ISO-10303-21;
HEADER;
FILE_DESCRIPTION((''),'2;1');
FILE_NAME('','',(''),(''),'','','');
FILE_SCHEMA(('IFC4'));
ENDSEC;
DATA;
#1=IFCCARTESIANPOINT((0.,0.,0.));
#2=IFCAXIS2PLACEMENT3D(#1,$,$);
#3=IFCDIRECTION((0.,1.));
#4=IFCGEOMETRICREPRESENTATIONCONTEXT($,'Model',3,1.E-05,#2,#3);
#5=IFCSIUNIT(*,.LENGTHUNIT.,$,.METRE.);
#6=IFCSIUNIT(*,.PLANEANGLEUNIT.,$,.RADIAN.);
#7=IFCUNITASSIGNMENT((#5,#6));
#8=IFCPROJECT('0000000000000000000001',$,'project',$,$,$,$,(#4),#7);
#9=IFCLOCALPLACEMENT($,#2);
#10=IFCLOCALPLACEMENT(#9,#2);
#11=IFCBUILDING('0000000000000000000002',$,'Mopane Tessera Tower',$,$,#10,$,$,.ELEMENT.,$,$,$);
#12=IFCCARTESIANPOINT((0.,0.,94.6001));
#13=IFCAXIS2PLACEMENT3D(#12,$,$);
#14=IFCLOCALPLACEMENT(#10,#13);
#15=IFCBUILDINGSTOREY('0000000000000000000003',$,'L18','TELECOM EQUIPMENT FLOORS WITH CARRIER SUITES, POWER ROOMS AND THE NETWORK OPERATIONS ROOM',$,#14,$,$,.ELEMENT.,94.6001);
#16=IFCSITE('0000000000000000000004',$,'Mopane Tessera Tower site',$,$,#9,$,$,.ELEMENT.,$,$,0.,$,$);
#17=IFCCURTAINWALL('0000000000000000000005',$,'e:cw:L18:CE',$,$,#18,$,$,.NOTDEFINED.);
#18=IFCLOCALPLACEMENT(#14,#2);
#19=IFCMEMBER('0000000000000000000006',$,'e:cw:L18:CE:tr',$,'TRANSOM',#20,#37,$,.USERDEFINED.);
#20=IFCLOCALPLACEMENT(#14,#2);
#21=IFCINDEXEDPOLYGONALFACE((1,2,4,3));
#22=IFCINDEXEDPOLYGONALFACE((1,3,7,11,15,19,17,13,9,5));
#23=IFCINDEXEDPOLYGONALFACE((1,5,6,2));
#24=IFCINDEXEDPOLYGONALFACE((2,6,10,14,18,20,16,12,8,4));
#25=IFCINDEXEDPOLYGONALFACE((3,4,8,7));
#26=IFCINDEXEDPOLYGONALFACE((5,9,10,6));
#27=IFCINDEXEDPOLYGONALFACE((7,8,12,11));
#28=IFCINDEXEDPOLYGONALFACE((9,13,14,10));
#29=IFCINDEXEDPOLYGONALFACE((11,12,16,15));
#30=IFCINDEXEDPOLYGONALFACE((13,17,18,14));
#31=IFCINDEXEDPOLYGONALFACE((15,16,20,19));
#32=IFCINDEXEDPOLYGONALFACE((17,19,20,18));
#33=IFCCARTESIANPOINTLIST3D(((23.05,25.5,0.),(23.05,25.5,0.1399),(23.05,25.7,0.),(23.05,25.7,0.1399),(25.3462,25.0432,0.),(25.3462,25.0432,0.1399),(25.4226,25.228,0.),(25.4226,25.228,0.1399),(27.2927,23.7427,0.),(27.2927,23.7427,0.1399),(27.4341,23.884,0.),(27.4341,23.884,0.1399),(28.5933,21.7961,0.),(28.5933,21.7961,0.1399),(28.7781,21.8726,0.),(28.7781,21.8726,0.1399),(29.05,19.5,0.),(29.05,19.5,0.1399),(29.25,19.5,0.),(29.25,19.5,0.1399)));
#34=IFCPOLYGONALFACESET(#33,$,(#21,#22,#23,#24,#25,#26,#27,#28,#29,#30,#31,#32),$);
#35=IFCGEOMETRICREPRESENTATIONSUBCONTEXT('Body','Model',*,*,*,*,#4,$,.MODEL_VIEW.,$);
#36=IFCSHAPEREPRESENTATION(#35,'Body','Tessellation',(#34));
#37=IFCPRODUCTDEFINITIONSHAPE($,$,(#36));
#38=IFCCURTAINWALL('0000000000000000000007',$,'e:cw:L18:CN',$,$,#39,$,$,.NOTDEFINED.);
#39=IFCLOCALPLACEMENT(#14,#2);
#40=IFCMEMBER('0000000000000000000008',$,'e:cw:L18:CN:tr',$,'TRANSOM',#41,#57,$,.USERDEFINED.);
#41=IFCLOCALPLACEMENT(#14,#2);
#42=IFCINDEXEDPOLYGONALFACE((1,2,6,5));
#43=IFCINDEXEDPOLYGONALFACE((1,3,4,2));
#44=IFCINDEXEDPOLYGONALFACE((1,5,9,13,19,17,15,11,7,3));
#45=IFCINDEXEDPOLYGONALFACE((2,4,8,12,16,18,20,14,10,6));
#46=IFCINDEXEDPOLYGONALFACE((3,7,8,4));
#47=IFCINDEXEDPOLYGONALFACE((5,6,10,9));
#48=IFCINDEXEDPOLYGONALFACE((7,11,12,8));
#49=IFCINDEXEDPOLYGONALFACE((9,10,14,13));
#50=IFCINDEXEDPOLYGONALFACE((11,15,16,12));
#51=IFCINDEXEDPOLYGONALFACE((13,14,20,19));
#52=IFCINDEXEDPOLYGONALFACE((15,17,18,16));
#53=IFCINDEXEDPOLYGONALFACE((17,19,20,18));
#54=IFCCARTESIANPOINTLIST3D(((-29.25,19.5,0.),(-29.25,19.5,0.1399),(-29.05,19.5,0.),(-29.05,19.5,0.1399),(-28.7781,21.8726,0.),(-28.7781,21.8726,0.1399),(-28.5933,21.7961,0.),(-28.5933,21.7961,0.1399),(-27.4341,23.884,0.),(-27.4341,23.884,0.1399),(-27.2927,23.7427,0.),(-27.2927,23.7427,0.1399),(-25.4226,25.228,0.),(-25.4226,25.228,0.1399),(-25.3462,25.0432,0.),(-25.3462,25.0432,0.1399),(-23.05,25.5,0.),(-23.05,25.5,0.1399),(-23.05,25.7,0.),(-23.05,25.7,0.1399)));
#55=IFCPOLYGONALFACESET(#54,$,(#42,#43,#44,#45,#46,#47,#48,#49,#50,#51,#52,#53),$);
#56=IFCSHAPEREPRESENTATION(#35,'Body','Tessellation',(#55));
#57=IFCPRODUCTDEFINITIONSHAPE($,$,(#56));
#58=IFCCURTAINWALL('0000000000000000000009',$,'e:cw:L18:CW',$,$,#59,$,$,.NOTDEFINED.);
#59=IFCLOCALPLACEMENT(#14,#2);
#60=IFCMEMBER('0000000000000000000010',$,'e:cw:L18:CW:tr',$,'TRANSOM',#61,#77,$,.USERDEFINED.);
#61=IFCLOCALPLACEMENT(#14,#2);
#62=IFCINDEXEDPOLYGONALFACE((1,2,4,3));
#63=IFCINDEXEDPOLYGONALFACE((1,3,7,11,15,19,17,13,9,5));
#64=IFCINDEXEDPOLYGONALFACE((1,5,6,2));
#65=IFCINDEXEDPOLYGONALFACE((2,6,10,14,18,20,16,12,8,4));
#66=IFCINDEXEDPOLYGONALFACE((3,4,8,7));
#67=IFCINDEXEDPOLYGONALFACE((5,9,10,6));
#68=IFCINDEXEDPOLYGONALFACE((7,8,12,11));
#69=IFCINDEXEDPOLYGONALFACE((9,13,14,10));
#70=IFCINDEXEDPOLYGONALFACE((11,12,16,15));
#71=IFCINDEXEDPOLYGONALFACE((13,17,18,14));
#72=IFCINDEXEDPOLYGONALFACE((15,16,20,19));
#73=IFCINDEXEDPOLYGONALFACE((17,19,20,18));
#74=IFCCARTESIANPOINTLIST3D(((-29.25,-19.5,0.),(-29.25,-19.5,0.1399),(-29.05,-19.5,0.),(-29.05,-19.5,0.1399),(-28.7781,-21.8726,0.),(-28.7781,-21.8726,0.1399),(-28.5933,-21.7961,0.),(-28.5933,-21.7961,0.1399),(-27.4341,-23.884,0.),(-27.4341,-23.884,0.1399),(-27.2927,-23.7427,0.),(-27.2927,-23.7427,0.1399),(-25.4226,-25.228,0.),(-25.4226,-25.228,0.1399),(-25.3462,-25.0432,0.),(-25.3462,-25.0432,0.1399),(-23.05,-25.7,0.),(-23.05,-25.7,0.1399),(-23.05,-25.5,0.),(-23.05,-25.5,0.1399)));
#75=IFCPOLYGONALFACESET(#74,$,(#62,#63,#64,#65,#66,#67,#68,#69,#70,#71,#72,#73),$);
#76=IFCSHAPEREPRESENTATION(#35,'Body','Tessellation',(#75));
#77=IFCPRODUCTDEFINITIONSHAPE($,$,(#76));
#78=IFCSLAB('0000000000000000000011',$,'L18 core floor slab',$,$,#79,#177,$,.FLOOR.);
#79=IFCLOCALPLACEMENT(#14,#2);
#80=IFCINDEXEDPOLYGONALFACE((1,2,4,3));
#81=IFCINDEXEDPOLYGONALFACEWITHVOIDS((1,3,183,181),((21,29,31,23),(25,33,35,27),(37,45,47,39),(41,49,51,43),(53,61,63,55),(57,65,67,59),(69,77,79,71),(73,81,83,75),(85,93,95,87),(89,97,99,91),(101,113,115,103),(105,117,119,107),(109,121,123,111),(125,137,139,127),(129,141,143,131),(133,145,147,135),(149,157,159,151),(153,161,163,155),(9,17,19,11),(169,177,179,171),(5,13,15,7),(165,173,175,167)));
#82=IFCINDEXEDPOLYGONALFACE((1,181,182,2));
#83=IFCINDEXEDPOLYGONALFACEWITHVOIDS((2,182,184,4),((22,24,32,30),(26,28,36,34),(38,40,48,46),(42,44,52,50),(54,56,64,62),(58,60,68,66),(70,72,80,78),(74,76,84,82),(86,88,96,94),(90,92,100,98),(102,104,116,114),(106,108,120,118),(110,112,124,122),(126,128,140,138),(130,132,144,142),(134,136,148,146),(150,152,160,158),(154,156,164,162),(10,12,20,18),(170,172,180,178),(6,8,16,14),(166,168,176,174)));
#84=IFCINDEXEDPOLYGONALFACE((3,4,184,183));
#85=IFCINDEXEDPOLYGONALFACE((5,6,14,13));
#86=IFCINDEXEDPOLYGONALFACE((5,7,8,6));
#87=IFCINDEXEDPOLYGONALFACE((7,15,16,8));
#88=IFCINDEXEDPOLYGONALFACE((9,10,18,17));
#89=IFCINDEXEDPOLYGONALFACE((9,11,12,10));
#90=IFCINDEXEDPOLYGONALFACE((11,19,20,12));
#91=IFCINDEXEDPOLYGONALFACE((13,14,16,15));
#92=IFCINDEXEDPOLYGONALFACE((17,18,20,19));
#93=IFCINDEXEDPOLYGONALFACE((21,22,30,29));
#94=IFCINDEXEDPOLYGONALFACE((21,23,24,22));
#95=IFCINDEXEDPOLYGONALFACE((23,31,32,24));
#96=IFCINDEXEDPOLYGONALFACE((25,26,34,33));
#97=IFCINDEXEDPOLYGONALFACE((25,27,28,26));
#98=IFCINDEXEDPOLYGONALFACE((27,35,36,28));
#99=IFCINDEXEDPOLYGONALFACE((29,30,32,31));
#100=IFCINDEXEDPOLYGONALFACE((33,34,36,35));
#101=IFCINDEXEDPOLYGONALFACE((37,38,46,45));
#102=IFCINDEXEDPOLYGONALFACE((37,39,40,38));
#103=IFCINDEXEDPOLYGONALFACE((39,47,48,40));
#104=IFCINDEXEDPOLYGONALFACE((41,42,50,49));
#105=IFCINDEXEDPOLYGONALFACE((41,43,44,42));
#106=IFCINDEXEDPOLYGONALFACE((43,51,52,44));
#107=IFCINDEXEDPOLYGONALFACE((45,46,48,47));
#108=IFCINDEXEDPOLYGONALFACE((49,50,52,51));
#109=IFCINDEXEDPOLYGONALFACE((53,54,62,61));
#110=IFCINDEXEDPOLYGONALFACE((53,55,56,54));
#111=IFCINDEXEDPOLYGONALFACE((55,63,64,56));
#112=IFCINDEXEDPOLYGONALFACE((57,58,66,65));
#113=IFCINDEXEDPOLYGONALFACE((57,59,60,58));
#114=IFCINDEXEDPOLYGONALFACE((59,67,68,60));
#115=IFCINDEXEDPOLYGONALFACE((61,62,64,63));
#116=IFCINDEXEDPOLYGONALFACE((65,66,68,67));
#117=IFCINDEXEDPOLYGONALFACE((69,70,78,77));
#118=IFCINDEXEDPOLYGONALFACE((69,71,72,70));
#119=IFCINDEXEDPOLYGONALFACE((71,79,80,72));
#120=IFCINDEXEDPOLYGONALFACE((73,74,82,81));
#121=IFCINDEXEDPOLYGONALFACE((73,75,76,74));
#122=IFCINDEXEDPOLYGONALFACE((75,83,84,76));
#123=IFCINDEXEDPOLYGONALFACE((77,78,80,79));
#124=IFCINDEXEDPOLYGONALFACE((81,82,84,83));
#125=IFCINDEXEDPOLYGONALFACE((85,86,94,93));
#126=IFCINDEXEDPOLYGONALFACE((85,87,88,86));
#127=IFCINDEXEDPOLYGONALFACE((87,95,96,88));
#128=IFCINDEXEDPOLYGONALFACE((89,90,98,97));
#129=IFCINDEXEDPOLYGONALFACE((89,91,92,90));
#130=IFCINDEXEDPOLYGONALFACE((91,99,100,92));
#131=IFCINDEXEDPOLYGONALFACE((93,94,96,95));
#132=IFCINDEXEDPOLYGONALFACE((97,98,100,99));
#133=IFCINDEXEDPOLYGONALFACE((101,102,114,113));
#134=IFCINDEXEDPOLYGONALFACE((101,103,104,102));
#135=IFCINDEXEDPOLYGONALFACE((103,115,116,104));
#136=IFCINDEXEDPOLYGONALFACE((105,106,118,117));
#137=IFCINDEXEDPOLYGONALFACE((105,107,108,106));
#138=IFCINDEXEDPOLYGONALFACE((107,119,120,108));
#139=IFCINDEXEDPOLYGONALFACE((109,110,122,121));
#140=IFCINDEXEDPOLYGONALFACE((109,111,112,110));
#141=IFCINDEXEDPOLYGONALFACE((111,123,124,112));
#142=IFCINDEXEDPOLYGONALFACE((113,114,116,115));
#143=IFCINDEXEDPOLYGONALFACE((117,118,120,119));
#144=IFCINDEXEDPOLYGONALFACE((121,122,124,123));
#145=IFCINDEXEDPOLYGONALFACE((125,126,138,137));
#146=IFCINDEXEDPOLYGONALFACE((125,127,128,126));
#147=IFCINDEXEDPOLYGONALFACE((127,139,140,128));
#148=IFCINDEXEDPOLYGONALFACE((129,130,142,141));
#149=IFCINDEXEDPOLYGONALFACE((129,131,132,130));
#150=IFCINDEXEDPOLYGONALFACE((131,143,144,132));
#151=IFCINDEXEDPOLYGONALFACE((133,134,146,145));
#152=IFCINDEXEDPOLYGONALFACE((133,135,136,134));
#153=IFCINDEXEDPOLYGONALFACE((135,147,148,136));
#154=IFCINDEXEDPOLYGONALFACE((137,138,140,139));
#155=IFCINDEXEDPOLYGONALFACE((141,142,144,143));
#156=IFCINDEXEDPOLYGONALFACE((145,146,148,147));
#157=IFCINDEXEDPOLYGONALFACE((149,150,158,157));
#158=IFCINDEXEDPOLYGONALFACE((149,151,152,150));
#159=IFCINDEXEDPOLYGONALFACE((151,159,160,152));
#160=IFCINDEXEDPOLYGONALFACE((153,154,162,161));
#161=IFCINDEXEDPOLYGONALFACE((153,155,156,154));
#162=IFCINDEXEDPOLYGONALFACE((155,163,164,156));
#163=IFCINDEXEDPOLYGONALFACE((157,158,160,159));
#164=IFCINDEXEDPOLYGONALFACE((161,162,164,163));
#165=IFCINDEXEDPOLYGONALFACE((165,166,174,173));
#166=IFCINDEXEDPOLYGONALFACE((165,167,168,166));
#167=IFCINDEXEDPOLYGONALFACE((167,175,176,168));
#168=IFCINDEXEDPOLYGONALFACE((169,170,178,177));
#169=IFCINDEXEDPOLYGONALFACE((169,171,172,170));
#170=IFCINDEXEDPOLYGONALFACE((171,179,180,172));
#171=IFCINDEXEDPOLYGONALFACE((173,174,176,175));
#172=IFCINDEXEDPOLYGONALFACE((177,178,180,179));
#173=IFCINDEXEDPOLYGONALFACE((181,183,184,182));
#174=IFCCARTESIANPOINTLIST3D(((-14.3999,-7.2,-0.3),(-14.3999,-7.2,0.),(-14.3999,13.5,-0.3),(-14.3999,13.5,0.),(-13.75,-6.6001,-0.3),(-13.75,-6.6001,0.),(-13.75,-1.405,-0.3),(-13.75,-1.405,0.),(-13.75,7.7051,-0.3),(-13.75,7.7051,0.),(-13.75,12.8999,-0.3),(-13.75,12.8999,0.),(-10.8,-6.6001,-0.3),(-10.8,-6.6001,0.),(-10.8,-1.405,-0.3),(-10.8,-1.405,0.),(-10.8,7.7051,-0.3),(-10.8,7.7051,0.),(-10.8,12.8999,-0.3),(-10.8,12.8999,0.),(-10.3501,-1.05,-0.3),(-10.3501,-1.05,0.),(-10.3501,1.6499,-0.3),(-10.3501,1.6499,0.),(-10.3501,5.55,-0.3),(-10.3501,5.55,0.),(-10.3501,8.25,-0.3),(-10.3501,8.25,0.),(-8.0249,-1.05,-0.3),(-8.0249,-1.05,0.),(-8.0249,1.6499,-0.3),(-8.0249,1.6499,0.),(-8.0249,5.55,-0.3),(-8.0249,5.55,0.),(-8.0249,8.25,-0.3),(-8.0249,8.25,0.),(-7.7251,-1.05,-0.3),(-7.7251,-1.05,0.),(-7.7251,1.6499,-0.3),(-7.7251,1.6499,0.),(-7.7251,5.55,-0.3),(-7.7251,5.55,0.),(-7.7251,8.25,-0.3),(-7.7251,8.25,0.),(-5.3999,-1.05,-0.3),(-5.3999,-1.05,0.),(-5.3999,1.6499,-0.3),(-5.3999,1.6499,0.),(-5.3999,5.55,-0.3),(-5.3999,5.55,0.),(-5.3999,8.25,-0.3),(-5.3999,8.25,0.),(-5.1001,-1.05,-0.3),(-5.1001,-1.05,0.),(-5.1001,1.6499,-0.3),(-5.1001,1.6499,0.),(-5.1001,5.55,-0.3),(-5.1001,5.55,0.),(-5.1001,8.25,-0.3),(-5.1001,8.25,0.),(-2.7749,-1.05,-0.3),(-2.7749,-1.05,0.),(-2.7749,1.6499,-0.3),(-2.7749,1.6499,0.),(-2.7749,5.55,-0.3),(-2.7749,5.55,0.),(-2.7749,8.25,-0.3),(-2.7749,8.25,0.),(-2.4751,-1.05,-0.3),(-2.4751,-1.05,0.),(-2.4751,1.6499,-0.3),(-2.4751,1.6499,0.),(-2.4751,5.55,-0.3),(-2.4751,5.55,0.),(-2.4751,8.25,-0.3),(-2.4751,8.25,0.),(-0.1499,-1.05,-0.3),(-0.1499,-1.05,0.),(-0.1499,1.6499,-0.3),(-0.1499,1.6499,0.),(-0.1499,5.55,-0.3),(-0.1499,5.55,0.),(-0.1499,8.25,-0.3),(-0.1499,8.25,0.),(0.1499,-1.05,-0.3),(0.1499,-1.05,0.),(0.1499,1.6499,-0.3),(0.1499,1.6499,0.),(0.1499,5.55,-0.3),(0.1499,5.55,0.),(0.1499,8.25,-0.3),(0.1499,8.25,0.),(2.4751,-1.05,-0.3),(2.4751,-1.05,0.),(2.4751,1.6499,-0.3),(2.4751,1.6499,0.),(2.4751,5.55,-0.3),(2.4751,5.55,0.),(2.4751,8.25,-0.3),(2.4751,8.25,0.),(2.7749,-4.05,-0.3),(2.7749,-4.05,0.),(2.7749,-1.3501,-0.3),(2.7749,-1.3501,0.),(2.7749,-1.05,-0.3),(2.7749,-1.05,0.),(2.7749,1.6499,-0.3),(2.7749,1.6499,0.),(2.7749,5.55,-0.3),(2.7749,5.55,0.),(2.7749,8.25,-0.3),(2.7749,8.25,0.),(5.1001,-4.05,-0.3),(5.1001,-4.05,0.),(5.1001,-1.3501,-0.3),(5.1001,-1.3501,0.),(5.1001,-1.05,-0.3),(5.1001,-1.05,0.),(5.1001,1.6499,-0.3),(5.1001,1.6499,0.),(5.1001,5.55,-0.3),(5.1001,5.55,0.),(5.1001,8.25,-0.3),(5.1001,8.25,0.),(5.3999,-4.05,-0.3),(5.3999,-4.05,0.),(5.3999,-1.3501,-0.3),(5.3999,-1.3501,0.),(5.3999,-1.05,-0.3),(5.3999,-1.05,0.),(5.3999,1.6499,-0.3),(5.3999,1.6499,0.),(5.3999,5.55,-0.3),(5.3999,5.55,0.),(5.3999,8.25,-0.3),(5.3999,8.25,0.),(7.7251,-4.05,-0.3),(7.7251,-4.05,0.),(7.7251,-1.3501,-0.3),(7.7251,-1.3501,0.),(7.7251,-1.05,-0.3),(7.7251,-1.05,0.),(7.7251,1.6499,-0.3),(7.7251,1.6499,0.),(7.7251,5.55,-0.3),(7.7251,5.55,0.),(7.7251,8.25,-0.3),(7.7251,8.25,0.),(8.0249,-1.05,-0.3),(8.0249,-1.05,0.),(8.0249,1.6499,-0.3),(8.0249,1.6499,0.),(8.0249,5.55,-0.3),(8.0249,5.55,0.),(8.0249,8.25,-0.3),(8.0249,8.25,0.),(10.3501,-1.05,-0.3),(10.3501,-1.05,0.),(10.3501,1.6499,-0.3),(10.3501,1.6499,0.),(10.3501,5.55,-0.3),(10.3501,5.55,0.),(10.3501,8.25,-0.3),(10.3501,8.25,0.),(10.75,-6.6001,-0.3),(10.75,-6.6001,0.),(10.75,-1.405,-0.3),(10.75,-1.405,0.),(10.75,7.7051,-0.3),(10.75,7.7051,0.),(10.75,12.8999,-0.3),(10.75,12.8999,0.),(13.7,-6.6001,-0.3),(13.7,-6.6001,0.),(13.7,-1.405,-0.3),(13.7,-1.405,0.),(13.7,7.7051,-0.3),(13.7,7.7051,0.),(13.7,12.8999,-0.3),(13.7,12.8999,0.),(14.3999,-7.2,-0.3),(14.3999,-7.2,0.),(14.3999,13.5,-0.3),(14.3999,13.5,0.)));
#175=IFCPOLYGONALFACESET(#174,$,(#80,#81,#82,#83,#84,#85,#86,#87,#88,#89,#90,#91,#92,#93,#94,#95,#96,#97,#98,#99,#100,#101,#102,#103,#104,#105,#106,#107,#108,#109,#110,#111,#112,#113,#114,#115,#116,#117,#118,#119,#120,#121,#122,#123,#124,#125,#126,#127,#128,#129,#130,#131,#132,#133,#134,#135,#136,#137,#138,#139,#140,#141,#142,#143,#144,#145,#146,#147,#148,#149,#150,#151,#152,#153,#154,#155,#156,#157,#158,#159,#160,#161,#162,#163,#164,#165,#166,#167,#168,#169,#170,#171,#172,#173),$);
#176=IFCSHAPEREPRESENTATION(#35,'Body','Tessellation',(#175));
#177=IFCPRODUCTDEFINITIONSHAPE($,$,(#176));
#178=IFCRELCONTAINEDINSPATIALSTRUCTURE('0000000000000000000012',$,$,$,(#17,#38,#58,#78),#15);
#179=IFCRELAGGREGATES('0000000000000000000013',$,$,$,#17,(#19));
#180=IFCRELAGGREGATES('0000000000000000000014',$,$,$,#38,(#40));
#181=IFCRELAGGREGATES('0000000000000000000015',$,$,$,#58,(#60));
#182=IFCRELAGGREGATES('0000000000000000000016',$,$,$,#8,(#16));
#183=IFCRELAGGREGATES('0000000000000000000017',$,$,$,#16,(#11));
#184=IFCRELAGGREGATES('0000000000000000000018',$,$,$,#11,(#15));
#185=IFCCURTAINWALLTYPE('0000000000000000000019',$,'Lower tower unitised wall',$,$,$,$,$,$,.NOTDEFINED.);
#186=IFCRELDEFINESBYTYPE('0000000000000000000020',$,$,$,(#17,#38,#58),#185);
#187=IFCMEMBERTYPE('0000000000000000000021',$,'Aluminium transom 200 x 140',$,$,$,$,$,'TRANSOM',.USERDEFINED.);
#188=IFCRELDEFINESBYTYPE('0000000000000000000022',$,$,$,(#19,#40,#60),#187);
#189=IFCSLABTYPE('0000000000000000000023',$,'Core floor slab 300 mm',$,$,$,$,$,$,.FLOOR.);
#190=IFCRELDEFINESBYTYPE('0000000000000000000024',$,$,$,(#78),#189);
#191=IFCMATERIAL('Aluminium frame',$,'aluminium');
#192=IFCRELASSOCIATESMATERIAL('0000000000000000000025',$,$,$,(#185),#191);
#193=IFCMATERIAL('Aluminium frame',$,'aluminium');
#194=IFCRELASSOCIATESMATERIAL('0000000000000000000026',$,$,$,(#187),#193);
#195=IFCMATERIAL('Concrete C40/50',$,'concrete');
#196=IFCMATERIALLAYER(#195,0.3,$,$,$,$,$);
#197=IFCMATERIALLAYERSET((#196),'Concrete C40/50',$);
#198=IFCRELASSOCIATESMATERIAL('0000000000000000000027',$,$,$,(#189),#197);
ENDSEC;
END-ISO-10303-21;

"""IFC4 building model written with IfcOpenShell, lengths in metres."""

from ifc_helpers import new_model, si_unit, direction, frame, origin, origin_2d, place, context, subcontext, project, spatial, polyline, rectangle, outline, extrude, material, layer, layer_set, material_profile, profile_set, type_object, element, aggregate, save


model = new_model("IFC4")

# Units and contexts
model_context = context("Model", 3, precision=1e-05, world=origin(), true_north=direction((0.0, 1.0)))
body_context = subcontext(model_context, "Body", "Model", "MODEL_VIEW")
ifc_project = project(units=[si_unit("LENGTHUNIT", "METRE"), si_unit("PLANEANGLEUNIT", "RADIAN")], contexts=[model_context])

# Site, building, storey
site_placement = place(None, origin())
site = spatial("IfcSite", under=ifc_project, at=site_placement, Name="Mopane Tessera Tower site", CompositionType="ELEMENT", RefElevation=0.0)
building_placement = place(site_placement, origin())
building = spatial("IfcBuilding", under=site, at=building_placement, Name="Mopane Tessera Tower", CompositionType="ELEMENT")
storey_placement = place(building_placement, frame((0.0, 0.0, 94.6001)))
storey = spatial("IfcBuildingStorey", under=building, at=storey_placement, Name="L18", Description="TELECOM EQUIPMENT FLOORS WITH CARRIER SUITES, POWER ROOMS AND THE NETWORK OPERATIONS ROOM", CompositionType="ELEMENT", Elevation=94.6001)

# Curtain walls, members
ifc_material_1 = material(Name="Aluminium frame", Category="aluminium")
curtain_wall_type = type_object("IfcCurtainWallType", Name="Lower tower unitised wall", PredefinedType="NOTDEFINED", material=ifc_material_1)
curtain_wall_1_placement = place(storey_placement, origin())
curtain_wall_1 = element("IfcCurtainWall", 1, at=curtain_wall_1_placement, inside=storey, type_object=curtain_wall_type, Name="e:cw:L18:CE", PredefinedType="NOTDEFINED")
ifc_material_2 = material(Name="Aluminium frame", Category="aluminium")
ifc_material_profile = material_profile(ifc_material_2, rectangle(XDim=0.2, YDim=0.1399, at=origin_2d()))
ifc_profile_set = profile_set([ifc_material_profile], Name="Aluminium frame")
member_type = type_object("IfcMemberType", Name="Aluminium transom 200 x 140", ElementType="TRANSOM", PredefinedType="USERDEFINED", material=ifc_profile_set)
member_1_placement = place(storey_placement, origin())
member_1 = element("IfcMember", 2, at=member_1_placement, type_object=member_type, Name="e:cw:L18:CE:tr", ObjectType="TRANSOM", PredefinedType="USERDEFINED", context=body_context, shape_type="SweptSolid", body=[
    extrude(outline(polyline([(29.05, 19.5), (28.5933, 21.7961), (27.2927, 23.7427), (25.3462, 25.0432), (23.05, 25.5), (23.05, 25.7), (25.4226, 25.228), (27.4341, 23.884), (28.7781, 21.8726), (29.25, 19.5), (29.05, 19.5)])), origin(), (0.0, 0.0, 1.0), 0.1399),
])
curtain_wall_2_placement = place(storey_placement, origin())
curtain_wall_2 = element("IfcCurtainWall", 3, at=curtain_wall_2_placement, inside=storey, type_object=curtain_wall_type, Name="e:cw:L18:CN", PredefinedType="NOTDEFINED")
member_2_placement = place(storey_placement, origin())
member_2 = element("IfcMember", 4, at=member_2_placement, type_object=member_type, Name="e:cw:L18:CN:tr", ObjectType="TRANSOM", PredefinedType="USERDEFINED", context=body_context, shape_type="SweptSolid", body=[
    extrude(outline(polyline([(-23.05, 25.5), (-25.3462, 25.0432), (-27.2927, 23.7427), (-28.5933, 21.7961), (-29.05, 19.5), (-29.25, 19.5), (-28.7781, 21.8726), (-27.4341, 23.884), (-25.4226, 25.228), (-23.05, 25.7), (-23.05, 25.5)])), origin(), (0.0, 0.0, 1.0), 0.1399),
])
curtain_wall_3_placement = place(storey_placement, origin())
curtain_wall_3 = element("IfcCurtainWall", 5, at=curtain_wall_3_placement, inside=storey, type_object=curtain_wall_type, Name="e:cw:L18:CW", PredefinedType="NOTDEFINED")
member_3_placement = place(storey_placement, origin())
member_3 = element("IfcMember", 6, at=member_3_placement, type_object=member_type, Name="e:cw:L18:CW:tr", ObjectType="TRANSOM", PredefinedType="USERDEFINED", context=body_context, shape_type="SweptSolid", body=[
    extrude(outline(polyline([(-29.05, -19.5), (-28.5933, -21.7961), (-27.2927, -23.7427), (-25.3462, -25.0432), (-23.05, -25.5), (-23.05, -25.7), (-25.4226, -25.228), (-27.4341, -23.884), (-28.7781, -21.8726), (-29.25, -19.5), (-29.05, -19.5)])), origin(), (0.0, 0.0, 1.0), 0.1399),
])

# Slab
ifc_material_3 = material(Name="Concrete C40/50", Category="concrete")
ifc_layer_1 = layer(ifc_material_3, 0.3)
ifc_layer_set_1 = layer_set([ifc_layer_1], Name="Concrete C40/50")
slab_type_1 = type_object("IfcSlabType", Name="Core floor slab 300 mm", PredefinedType="FLOOR", material=ifc_layer_set_1)
slab_1_placement = place(storey_placement, frame((0.0, 0.0, -0.3)))
element("IfcSlab", 7, at=slab_1_placement, inside=storey, type_object=slab_type_1, Name="L18 core floor slab", PredefinedType="FLOOR", context=body_context, shape_type="SweptSolid", body=[
    extrude(outline(polyline([(-14.3999, -7.2), (14.3999, -7.2), (14.3999, 13.5), (-14.3999, 13.5), (-14.3999, -7.2)]), holes=[polyline([(-10.3501, -1.05), (-8.0249, -1.05), (-8.0249, 1.6499), (-10.3501, 1.6499), (-10.3501, -1.05)]), polyline([(-7.7251, -1.05), (-5.3999, -1.05), (-5.3999, 1.6499), (-7.7251, 1.6499), (-7.7251, -1.05)]), polyline([(-5.1001, -1.05), (-2.7749, -1.05), (-2.7749, 1.6499), (-5.1001, 1.6499), (-5.1001, -1.05)]), polyline([(-2.4751, -1.05), (-0.1499, -1.05), (-0.1499, 1.6499), (-2.4751, 1.6499), (-2.4751, -1.05)]), polyline([(0.1499, -1.05), (2.4751, -1.05), (2.4751, 1.6499), (0.1499, 1.6499), (0.1499, -1.05)]), polyline([(2.7749, -1.05), (5.1001, -1.05), (5.1001, 1.6499), (2.7749, 1.6499), (2.7749, -1.05)]), polyline([(5.3999, -1.05), (7.7251, -1.05), (7.7251, 1.6499), (5.3999, 1.6499), (5.3999, -1.05)]), polyline([(8.0249, -1.05), (10.3501, -1.05), (10.3501, 1.6499), (8.0249, 1.6499), (8.0249, -1.05)]), polyline([(-10.3501, 5.55), (-8.0249, 5.55), (-8.0249, 8.25), (-10.3501, 8.25), (-10.3501, 5.55)]), polyline([(-7.7251, 5.55), (-5.3999, 5.55), (-5.3999, 8.25), (-7.7251, 8.25), (-7.7251, 5.55)]), polyline([(-5.1001, 5.55), (-2.7749, 5.55), (-2.7749, 8.25), (-5.1001, 8.25), (-5.1001, 5.55)]), polyline([(-2.4751, 5.55), (-0.1499, 5.55), (-0.1499, 8.25), (-2.4751, 8.25), (-2.4751, 5.55)]), polyline([(0.1499, 5.55), (2.4751, 5.55), (2.4751, 8.25), (0.1499, 8.25), (0.1499, 5.55)]), polyline([(2.7749, 5.55), (5.1001, 5.55), (5.1001, 8.25), (2.7749, 8.25), (2.7749, 5.55)]), polyline([(5.3999, 5.55), (7.7251, 5.55), (7.7251, 8.25), (5.3999, 8.25), (5.3999, 5.55)]), polyline([(8.0249, 5.55), (10.3501, 5.55), (10.3501, 8.25), (8.0249, 8.25), (8.0249, 5.55)]), polyline([(2.7749, -4.05), (5.1001, -4.05), (5.1001, -1.3501), (2.7749, -1.3501), (2.7749, -4.05)]), polyline([(5.3999, -4.05), (7.7251, -4.05), (7.7251, -1.3501), (5.3999, -1.3501), (5.3999, -4.05)]), polyline([(-13.75, -1.405), (-13.75, -6.6001), (-10.8, -6.6001), (-10.8, -1.405), (-13.75, -1.405)]), polyline([(-10.8, 7.7051), (-10.8, 12.8999), (-13.75, 12.8999), (-13.75, 7.7051), (-10.8, 7.7051)]), polyline([(10.75, -1.405), (10.75, -6.6001), (13.7, -6.6001), (13.7, -1.405), (10.75, -1.405)]), polyline([(13.7, 7.7051), (13.7, 12.8999), (10.75, 12.8999), (10.75, 7.7051), (13.7, 7.7051)])]), origin(), (0.0, 0.0, 1.0), 0.3),
])

aggregate(curtain_wall_1, [member_1])
aggregate(curtain_wall_2, [member_2])
aggregate(curtain_wall_3, [member_3])

save(model, "model.ifc")
